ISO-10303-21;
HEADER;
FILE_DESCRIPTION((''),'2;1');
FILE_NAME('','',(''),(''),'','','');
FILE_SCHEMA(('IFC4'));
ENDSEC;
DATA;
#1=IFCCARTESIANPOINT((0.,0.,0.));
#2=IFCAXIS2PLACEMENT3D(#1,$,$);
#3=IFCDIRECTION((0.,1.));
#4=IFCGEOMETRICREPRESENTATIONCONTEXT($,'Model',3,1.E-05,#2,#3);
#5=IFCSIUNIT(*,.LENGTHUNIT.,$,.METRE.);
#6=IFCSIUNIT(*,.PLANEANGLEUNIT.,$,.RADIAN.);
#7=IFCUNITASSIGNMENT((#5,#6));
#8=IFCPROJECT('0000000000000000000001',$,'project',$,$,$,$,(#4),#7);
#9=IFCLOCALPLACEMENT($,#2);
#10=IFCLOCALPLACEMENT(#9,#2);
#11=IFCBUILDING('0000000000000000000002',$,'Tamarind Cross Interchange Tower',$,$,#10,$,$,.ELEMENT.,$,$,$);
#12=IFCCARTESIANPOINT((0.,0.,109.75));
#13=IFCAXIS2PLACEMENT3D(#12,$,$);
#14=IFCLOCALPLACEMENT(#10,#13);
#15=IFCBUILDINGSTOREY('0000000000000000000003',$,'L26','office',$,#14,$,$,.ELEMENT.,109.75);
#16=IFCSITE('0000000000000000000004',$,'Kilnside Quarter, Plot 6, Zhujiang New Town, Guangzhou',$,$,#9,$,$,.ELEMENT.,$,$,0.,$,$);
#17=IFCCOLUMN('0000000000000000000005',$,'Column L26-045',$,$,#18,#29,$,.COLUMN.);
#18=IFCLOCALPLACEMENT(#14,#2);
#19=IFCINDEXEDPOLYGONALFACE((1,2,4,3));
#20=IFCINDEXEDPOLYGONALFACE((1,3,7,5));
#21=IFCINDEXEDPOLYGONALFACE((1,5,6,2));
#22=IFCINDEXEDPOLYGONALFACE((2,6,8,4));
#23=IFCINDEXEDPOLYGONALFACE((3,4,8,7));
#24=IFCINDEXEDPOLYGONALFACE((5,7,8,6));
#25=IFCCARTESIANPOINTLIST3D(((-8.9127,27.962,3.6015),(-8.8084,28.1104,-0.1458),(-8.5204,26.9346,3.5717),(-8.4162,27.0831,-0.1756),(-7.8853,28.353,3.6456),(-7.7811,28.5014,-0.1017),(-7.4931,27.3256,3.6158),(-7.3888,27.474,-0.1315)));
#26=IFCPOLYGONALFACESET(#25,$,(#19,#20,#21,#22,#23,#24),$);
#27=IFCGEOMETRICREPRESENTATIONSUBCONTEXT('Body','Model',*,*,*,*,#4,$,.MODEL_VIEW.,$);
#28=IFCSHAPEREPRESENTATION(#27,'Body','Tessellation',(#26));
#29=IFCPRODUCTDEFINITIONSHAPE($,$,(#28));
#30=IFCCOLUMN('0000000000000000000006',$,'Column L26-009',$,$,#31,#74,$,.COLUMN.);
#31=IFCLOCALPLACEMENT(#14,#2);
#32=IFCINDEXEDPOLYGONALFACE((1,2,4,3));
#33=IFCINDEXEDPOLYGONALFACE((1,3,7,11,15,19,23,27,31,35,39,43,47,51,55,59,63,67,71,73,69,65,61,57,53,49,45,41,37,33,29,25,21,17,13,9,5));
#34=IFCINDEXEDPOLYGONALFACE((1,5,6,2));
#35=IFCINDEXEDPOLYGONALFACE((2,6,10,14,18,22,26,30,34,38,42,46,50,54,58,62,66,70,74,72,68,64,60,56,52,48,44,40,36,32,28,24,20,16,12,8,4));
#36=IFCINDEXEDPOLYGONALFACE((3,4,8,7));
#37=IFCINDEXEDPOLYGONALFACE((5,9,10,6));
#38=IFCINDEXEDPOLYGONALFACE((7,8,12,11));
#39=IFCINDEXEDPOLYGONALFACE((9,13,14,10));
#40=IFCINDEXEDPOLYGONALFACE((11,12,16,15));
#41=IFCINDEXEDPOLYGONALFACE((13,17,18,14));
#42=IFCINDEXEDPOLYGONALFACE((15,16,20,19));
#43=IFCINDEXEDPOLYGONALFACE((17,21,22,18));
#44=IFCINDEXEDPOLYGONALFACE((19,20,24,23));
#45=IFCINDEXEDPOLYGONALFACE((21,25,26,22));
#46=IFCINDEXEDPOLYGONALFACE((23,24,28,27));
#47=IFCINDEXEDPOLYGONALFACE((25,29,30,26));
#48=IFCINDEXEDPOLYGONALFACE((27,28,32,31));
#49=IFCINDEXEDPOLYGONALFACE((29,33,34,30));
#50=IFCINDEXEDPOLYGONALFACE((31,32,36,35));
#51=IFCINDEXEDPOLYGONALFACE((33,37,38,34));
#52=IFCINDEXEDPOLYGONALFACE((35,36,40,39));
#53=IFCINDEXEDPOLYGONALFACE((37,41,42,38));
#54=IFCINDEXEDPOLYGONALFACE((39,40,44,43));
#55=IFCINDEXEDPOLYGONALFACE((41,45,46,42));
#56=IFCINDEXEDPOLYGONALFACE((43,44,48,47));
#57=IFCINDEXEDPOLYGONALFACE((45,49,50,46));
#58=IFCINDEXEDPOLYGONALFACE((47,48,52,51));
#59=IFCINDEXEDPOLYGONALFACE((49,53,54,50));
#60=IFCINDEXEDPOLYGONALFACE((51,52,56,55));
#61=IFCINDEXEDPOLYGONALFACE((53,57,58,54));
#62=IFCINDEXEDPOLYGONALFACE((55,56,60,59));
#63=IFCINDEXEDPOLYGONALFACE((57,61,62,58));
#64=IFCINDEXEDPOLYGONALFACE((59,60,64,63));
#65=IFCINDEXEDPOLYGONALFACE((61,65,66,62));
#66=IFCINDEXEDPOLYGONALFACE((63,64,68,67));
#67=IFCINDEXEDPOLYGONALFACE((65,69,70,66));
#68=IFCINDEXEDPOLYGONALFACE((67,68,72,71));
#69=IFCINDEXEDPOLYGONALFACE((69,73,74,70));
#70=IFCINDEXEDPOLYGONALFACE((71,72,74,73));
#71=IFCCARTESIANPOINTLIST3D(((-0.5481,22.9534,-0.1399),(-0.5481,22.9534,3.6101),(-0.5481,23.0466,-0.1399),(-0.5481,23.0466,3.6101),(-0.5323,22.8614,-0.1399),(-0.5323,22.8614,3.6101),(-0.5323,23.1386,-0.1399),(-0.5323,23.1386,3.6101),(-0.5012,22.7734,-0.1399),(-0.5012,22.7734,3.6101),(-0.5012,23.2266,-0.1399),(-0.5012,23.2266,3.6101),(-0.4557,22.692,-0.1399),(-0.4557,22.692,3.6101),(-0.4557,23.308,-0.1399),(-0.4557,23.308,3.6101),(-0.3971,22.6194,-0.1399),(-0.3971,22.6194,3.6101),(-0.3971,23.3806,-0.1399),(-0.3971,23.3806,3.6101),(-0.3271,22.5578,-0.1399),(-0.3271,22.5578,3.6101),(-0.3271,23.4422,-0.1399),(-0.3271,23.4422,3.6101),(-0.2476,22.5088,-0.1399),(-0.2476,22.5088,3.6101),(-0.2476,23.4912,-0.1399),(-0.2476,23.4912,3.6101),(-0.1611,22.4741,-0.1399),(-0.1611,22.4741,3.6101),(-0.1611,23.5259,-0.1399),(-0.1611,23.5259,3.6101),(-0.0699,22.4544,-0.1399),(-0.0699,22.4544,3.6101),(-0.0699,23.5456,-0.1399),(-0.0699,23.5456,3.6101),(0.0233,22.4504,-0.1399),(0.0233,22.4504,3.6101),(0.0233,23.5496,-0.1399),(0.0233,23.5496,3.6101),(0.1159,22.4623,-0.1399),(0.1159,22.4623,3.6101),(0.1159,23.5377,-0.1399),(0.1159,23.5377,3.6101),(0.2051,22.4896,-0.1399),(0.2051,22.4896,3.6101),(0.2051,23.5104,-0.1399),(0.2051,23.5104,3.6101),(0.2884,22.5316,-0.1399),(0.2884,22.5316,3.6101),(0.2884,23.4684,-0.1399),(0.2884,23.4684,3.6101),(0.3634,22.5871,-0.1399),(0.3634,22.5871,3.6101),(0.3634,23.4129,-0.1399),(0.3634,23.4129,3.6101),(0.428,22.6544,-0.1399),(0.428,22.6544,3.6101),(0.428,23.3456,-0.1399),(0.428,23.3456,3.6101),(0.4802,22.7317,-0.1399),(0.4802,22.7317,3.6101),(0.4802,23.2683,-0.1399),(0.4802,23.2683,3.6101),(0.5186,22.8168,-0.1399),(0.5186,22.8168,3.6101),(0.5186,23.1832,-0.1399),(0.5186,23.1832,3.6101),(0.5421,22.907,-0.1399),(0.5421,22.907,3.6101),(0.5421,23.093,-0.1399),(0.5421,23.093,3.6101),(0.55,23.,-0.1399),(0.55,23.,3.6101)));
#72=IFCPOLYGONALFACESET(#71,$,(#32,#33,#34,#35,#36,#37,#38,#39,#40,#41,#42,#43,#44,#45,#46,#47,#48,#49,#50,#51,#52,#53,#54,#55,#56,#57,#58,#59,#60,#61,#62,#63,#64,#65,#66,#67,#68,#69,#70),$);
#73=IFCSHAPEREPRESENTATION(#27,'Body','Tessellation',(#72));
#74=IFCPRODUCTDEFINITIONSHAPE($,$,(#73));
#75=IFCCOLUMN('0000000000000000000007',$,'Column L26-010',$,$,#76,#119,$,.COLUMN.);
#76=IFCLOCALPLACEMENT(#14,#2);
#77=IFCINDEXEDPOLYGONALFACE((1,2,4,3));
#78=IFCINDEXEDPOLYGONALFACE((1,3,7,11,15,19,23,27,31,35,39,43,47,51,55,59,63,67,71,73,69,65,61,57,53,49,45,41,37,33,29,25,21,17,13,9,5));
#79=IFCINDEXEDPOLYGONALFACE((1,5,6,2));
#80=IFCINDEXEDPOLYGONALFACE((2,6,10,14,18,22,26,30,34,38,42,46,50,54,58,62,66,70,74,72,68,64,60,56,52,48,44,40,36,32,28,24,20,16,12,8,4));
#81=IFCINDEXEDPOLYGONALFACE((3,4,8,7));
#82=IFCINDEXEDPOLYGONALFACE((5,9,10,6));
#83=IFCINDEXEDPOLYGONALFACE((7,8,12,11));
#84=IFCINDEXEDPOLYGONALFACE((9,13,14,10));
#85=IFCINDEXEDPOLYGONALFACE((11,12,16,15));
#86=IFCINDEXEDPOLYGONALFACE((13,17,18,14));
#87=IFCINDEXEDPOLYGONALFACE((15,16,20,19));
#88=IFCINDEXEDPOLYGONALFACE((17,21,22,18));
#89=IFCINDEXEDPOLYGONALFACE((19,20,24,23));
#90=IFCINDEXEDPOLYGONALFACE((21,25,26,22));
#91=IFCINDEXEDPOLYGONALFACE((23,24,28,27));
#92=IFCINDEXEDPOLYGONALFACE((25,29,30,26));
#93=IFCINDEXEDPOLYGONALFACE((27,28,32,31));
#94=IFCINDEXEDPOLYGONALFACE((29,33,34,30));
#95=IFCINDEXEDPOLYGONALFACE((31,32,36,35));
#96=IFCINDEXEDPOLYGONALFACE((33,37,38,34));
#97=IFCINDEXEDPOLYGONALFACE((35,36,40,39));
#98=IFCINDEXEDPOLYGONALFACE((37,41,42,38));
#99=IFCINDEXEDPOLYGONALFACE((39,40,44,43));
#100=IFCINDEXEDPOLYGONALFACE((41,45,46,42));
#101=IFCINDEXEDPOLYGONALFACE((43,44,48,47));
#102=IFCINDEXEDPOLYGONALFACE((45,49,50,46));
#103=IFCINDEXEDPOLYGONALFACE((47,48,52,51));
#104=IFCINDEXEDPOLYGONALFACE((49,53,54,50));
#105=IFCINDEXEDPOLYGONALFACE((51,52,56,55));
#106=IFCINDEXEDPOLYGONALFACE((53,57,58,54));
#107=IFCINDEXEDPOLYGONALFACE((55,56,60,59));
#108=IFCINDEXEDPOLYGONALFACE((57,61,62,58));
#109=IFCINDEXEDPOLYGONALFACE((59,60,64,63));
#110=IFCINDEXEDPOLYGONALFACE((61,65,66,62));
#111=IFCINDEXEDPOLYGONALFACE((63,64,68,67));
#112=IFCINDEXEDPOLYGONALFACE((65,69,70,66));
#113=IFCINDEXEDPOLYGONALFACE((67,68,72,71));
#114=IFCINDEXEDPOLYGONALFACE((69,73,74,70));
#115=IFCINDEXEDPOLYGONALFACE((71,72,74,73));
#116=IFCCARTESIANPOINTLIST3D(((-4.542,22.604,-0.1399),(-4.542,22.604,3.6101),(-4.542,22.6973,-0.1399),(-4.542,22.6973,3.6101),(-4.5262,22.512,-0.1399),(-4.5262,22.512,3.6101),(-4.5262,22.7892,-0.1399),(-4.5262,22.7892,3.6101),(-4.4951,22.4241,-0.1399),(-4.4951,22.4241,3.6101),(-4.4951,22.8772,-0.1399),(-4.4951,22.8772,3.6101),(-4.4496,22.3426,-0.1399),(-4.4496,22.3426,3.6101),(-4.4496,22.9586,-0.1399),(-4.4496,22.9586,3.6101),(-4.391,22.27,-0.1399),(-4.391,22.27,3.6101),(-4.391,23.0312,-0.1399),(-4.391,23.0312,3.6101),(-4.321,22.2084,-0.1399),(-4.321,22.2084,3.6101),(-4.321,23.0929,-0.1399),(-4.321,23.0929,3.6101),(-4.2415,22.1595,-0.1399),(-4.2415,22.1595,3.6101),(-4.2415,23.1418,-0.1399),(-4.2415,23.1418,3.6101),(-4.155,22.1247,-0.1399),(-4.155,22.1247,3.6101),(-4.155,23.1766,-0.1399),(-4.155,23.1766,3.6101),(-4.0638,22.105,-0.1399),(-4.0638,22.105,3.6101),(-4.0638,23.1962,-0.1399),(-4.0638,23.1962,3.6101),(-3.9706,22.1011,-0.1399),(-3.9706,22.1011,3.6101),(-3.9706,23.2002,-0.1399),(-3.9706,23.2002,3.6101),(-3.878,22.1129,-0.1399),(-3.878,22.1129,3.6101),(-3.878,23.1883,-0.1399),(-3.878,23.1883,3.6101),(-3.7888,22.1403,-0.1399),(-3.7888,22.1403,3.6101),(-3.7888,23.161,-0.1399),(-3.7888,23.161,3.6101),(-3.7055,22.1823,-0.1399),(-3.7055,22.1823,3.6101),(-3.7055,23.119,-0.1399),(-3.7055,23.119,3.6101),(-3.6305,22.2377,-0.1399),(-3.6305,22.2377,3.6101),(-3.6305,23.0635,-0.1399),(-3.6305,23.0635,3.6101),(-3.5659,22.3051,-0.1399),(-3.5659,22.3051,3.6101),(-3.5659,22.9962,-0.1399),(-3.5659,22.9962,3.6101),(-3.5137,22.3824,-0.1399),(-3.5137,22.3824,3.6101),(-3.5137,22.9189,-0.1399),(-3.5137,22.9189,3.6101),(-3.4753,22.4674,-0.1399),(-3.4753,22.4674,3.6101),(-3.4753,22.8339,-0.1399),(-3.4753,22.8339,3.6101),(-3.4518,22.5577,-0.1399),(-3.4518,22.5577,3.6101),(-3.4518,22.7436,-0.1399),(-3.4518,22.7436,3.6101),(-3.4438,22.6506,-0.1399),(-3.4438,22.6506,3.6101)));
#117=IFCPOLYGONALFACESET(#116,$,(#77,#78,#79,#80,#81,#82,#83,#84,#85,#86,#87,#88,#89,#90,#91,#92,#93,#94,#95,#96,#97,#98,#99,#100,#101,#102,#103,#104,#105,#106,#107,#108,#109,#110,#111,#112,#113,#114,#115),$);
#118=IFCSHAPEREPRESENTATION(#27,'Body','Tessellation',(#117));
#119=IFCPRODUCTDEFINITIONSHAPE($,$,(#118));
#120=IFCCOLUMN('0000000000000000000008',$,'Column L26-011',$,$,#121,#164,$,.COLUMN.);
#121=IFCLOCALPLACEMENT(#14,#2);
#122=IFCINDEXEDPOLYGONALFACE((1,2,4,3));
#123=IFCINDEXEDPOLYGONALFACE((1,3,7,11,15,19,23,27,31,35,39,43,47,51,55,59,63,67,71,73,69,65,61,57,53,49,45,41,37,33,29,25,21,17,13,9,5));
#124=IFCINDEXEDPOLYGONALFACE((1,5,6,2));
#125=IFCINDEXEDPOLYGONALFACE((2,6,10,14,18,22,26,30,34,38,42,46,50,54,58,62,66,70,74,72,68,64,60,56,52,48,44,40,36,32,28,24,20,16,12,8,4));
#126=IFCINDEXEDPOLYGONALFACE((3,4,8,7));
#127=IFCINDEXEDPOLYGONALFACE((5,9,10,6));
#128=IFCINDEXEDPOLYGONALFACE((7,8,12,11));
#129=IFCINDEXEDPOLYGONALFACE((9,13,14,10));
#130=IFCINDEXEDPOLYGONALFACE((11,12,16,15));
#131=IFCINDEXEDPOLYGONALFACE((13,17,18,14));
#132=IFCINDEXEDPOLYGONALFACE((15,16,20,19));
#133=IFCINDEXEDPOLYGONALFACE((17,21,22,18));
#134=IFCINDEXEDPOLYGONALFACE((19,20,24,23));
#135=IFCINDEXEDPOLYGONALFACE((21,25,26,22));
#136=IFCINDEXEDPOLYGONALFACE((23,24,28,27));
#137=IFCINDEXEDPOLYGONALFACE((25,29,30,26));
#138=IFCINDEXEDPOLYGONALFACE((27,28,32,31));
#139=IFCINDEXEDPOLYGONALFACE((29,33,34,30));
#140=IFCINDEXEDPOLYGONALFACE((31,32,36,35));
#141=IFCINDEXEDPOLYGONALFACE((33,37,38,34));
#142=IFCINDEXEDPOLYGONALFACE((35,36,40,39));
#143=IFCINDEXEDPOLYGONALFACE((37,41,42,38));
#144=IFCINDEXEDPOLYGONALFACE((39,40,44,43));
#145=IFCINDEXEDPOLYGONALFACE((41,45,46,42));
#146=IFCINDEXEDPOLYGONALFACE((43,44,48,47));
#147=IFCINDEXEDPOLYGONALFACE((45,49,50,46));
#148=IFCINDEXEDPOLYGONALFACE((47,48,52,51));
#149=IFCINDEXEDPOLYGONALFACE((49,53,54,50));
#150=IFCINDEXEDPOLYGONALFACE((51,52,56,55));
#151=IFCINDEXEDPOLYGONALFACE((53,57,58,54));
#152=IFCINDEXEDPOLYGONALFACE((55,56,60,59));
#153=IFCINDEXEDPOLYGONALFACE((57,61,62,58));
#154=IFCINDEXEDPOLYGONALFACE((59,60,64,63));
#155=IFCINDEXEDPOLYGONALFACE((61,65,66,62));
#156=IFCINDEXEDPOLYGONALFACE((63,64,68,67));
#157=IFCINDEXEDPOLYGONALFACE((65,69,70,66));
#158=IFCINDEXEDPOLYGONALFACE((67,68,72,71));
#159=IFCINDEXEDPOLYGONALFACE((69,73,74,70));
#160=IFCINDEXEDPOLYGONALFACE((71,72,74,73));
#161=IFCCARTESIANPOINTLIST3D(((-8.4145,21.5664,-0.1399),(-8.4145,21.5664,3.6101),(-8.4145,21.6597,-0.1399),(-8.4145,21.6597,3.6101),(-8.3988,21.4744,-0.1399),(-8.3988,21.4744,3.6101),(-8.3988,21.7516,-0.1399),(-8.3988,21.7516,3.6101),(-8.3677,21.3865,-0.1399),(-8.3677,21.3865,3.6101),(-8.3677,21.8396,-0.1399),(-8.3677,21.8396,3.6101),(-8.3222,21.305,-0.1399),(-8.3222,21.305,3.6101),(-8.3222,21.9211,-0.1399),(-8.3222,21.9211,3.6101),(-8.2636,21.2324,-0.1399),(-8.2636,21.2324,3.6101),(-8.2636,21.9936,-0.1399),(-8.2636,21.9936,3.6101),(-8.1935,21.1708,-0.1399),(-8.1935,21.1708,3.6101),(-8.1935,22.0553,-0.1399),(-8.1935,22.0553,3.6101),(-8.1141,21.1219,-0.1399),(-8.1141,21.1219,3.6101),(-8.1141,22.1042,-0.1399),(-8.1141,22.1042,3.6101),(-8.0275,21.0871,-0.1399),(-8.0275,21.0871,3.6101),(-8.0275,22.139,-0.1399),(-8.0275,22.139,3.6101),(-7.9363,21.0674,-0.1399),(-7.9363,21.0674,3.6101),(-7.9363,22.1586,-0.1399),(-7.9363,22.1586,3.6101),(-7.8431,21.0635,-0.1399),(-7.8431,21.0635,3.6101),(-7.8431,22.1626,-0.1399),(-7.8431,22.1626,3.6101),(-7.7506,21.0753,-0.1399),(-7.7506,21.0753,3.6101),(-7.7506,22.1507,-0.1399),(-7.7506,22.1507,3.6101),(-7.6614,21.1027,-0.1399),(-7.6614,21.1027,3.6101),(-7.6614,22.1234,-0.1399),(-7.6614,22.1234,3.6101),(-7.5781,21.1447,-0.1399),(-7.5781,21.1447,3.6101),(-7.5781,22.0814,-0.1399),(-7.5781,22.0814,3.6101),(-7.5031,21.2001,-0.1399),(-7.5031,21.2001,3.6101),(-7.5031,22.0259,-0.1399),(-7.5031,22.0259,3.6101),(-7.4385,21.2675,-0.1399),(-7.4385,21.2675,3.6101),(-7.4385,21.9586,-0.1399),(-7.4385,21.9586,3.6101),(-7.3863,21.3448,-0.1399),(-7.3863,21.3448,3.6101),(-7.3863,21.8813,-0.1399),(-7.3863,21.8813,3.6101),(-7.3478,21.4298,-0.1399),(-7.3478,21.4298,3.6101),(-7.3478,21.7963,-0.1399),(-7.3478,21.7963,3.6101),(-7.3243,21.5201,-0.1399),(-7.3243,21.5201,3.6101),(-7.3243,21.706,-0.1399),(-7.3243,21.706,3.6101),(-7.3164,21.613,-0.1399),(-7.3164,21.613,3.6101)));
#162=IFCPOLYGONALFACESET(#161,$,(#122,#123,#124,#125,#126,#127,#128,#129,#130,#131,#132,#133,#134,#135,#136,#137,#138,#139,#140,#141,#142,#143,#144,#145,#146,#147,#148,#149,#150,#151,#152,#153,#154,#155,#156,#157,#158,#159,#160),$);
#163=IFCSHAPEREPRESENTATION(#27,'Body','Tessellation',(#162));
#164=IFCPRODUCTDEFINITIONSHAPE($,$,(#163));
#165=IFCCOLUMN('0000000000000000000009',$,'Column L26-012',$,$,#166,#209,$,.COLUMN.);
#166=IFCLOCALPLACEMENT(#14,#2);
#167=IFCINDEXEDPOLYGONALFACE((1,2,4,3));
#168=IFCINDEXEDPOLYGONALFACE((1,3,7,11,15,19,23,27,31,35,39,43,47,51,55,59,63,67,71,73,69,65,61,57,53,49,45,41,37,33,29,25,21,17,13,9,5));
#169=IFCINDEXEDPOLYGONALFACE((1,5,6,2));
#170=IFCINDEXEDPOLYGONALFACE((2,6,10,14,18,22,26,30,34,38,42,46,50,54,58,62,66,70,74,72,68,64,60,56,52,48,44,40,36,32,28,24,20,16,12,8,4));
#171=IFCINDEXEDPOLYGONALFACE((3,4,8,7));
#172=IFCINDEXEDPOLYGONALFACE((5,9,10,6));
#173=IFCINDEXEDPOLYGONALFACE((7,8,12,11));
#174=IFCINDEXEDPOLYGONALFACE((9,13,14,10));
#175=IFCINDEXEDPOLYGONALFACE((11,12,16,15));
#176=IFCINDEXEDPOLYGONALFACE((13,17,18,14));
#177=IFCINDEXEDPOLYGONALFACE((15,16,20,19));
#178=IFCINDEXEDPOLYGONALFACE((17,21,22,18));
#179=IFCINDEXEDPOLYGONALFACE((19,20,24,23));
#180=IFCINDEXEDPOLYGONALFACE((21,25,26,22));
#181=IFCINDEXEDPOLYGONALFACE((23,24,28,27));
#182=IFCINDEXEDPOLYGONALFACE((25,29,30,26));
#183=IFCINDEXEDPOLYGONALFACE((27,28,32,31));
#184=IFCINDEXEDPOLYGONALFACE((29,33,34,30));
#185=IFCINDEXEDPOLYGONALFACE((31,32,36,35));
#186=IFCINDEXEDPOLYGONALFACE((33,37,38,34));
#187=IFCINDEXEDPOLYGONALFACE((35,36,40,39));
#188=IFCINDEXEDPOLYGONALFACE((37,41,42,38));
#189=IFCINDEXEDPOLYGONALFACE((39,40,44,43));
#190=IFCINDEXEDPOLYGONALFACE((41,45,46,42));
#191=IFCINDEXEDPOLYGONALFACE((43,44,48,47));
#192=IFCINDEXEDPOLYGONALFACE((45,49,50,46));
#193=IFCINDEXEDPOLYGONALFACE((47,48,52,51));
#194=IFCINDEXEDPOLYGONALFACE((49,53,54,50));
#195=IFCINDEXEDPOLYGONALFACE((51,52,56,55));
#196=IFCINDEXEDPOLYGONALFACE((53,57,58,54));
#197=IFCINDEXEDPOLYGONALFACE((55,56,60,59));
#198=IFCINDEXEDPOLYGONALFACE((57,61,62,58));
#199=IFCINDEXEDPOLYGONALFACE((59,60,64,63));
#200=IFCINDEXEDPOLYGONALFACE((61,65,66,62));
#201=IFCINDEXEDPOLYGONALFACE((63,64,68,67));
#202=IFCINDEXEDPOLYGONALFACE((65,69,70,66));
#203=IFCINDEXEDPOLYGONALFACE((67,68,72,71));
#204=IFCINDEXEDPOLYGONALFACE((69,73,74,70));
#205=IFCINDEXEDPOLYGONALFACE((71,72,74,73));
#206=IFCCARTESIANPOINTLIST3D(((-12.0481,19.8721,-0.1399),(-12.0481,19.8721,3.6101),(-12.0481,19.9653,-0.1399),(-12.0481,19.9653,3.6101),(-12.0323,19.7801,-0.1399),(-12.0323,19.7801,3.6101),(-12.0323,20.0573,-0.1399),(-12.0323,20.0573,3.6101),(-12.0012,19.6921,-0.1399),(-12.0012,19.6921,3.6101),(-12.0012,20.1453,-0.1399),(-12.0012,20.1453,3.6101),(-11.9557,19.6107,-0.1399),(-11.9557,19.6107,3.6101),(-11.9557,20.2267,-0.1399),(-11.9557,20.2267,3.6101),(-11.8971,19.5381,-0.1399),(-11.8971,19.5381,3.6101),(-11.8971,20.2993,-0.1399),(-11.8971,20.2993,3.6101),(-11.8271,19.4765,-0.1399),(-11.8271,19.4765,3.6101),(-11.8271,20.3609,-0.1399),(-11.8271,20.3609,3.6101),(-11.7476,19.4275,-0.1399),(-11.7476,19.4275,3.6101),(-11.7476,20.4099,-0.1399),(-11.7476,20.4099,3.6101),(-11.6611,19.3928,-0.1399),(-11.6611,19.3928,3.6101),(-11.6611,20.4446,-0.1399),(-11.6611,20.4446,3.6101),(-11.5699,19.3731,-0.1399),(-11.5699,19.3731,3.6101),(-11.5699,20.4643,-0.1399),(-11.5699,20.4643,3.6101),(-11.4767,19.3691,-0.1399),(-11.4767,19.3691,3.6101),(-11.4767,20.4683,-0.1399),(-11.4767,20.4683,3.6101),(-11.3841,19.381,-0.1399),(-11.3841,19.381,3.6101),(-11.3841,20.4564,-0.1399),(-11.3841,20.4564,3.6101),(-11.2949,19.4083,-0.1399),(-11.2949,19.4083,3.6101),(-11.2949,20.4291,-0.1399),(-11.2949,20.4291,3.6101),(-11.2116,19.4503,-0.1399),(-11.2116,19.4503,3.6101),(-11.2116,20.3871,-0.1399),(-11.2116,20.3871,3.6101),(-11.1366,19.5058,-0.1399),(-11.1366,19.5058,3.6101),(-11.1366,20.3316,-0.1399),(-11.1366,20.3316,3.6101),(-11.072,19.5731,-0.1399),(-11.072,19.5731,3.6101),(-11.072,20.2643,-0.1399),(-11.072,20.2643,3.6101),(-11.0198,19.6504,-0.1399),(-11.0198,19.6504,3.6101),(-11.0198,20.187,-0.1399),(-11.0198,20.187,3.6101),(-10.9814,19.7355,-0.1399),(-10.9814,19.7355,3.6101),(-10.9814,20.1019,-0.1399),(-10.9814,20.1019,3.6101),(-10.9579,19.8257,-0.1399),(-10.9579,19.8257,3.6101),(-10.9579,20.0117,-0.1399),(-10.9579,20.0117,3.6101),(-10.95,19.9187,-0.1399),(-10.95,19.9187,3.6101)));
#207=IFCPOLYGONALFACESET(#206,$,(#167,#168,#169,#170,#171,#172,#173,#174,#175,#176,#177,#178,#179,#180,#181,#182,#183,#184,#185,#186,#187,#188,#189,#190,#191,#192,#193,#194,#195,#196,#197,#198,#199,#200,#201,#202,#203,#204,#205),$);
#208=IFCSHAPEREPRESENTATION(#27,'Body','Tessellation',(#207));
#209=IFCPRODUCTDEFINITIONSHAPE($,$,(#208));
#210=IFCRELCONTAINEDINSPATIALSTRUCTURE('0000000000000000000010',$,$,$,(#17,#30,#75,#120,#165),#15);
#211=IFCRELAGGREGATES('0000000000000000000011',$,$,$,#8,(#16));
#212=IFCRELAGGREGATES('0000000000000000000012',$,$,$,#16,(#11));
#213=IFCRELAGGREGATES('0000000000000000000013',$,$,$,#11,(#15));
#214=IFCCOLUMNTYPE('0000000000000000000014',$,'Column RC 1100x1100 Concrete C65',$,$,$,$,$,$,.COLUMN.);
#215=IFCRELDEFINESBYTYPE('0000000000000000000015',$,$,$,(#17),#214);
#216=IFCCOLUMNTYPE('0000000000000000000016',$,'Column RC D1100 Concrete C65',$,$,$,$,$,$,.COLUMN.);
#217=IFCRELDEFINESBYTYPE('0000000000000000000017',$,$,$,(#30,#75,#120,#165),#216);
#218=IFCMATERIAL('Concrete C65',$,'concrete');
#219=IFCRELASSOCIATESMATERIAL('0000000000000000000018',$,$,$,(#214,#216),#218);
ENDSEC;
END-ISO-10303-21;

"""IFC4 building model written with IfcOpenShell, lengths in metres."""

from ifc_helpers import new_model, si_unit, direction, frame, origin, origin_2d, place, context, subcontext, project, spatial, rectangle, circle, extrude, material, material_profile, profile_set, type_object, element, save


model = new_model("IFC4")

# Units and contexts
model_context = context("Model", 3, precision=1e-05, world=origin(), true_north=direction((0.0, 1.0)))
body_context = subcontext(model_context, "Body", "Model", "MODEL_VIEW")
ifc_project = project(units=[si_unit("LENGTHUNIT", "METRE"), si_unit("PLANEANGLEUNIT", "RADIAN")], contexts=[model_context])

# Site, building, storey
site_placement = place(None, origin())
site = spatial("IfcSite", under=ifc_project, at=site_placement, Name="Kilnside Quarter, Plot 6, Zhujiang New Town, Guangzhou", CompositionType="ELEMENT", RefElevation=0.0)
building_placement = place(site_placement, origin())
building = spatial("IfcBuilding", under=site, at=building_placement, Name="Tamarind Cross Interchange Tower", CompositionType="ELEMENT")
storey_placement = place(building_placement, frame((0.0, 0.0, 109.75)))
storey = spatial("IfcBuildingStorey", under=building, at=storey_placement, Name="L26", Description="office", CompositionType="ELEMENT", Elevation=109.75)

# Columns
ifc_material_1 = material(Name="Concrete C65", Category="concrete")
ifc_material_profile_1 = material_profile(ifc_material_1, rectangle(XDim=1.1001, YDim=1.1001, at=origin_2d()), Name="RC 1100x1100")
ifc_profile_set_1 = profile_set([ifc_material_profile_1], Name="Concrete C65")
column_type_1 = type_object("IfcColumnType", Name="Column RC 1100x1100 Concrete C65", PredefinedType="COLUMN", material=ifc_profile_set_1)
column_placement = place(storey_placement, frame((-8.0986, 27.7922, -0.1387), z_axis=(-0.027787, -0.039565, 0.998831), x_axis=(0.933855, 0.355401, 0.040057)))
element("IfcColumn", 1, at=column_placement, inside=storey, type_object=column_type_1, Name="Column L26-045", PredefinedType="COLUMN", context=body_context, shape_type="SweptSolid", body=[
    extrude(rectangle(XDim=1.1001, YDim=1.1001, at=origin_2d()), origin(), (0.0, 0.0, 1.0), 3.7517),
])
ifc_material_profile_2 = material_profile(ifc_material_1, circle(Radius=0.55, at=origin_2d()), Name="RC D1100")
ifc_profile_set_2 = profile_set([ifc_material_profile_2], Name="Concrete C65")
column_type_2 = type_object("IfcColumnType", Name="Column RC D1100 Concrete C65", PredefinedType="COLUMN", material=ifc_profile_set_2)
for number, where, z_axis, x_axis, name in (
    (2, (0.0, 23.0, -0.1399), (0.0, 0.0, 1.0), (1.0, 0.0, 0.0), "Column L26-009"),
    (3, (-3.9939, 22.6506, -0.1399), (0.0, 0.0, 1.0), (1.0, 0.0, 0.0), "Column L26-010"),
    (4, (-7.8665, 21.613, -0.1399), (0.0, 0.0, 1.0), (1.0, 0.0, 0.0), "Column L26-011"),
    (5, (-11.5, 19.9187, -0.1399), (0.0, 0.0, 1.0), (1.0, 0.0, 0.0), "Column L26-012"),
):
    element("IfcColumn", number, at=place(storey_placement, frame(where, z_axis=z_axis, x_axis=x_axis)), inside=storey, type_object=column_type_2, Name=name, PredefinedType="COLUMN", context=body_context, shape_type="SweptSolid", body=[
        extrude(circle(Radius=0.55, at=origin_2d()), origin(), (0.0, 0.0, 1.0), 3.75),
    ])

save(model, "model.ifc")
